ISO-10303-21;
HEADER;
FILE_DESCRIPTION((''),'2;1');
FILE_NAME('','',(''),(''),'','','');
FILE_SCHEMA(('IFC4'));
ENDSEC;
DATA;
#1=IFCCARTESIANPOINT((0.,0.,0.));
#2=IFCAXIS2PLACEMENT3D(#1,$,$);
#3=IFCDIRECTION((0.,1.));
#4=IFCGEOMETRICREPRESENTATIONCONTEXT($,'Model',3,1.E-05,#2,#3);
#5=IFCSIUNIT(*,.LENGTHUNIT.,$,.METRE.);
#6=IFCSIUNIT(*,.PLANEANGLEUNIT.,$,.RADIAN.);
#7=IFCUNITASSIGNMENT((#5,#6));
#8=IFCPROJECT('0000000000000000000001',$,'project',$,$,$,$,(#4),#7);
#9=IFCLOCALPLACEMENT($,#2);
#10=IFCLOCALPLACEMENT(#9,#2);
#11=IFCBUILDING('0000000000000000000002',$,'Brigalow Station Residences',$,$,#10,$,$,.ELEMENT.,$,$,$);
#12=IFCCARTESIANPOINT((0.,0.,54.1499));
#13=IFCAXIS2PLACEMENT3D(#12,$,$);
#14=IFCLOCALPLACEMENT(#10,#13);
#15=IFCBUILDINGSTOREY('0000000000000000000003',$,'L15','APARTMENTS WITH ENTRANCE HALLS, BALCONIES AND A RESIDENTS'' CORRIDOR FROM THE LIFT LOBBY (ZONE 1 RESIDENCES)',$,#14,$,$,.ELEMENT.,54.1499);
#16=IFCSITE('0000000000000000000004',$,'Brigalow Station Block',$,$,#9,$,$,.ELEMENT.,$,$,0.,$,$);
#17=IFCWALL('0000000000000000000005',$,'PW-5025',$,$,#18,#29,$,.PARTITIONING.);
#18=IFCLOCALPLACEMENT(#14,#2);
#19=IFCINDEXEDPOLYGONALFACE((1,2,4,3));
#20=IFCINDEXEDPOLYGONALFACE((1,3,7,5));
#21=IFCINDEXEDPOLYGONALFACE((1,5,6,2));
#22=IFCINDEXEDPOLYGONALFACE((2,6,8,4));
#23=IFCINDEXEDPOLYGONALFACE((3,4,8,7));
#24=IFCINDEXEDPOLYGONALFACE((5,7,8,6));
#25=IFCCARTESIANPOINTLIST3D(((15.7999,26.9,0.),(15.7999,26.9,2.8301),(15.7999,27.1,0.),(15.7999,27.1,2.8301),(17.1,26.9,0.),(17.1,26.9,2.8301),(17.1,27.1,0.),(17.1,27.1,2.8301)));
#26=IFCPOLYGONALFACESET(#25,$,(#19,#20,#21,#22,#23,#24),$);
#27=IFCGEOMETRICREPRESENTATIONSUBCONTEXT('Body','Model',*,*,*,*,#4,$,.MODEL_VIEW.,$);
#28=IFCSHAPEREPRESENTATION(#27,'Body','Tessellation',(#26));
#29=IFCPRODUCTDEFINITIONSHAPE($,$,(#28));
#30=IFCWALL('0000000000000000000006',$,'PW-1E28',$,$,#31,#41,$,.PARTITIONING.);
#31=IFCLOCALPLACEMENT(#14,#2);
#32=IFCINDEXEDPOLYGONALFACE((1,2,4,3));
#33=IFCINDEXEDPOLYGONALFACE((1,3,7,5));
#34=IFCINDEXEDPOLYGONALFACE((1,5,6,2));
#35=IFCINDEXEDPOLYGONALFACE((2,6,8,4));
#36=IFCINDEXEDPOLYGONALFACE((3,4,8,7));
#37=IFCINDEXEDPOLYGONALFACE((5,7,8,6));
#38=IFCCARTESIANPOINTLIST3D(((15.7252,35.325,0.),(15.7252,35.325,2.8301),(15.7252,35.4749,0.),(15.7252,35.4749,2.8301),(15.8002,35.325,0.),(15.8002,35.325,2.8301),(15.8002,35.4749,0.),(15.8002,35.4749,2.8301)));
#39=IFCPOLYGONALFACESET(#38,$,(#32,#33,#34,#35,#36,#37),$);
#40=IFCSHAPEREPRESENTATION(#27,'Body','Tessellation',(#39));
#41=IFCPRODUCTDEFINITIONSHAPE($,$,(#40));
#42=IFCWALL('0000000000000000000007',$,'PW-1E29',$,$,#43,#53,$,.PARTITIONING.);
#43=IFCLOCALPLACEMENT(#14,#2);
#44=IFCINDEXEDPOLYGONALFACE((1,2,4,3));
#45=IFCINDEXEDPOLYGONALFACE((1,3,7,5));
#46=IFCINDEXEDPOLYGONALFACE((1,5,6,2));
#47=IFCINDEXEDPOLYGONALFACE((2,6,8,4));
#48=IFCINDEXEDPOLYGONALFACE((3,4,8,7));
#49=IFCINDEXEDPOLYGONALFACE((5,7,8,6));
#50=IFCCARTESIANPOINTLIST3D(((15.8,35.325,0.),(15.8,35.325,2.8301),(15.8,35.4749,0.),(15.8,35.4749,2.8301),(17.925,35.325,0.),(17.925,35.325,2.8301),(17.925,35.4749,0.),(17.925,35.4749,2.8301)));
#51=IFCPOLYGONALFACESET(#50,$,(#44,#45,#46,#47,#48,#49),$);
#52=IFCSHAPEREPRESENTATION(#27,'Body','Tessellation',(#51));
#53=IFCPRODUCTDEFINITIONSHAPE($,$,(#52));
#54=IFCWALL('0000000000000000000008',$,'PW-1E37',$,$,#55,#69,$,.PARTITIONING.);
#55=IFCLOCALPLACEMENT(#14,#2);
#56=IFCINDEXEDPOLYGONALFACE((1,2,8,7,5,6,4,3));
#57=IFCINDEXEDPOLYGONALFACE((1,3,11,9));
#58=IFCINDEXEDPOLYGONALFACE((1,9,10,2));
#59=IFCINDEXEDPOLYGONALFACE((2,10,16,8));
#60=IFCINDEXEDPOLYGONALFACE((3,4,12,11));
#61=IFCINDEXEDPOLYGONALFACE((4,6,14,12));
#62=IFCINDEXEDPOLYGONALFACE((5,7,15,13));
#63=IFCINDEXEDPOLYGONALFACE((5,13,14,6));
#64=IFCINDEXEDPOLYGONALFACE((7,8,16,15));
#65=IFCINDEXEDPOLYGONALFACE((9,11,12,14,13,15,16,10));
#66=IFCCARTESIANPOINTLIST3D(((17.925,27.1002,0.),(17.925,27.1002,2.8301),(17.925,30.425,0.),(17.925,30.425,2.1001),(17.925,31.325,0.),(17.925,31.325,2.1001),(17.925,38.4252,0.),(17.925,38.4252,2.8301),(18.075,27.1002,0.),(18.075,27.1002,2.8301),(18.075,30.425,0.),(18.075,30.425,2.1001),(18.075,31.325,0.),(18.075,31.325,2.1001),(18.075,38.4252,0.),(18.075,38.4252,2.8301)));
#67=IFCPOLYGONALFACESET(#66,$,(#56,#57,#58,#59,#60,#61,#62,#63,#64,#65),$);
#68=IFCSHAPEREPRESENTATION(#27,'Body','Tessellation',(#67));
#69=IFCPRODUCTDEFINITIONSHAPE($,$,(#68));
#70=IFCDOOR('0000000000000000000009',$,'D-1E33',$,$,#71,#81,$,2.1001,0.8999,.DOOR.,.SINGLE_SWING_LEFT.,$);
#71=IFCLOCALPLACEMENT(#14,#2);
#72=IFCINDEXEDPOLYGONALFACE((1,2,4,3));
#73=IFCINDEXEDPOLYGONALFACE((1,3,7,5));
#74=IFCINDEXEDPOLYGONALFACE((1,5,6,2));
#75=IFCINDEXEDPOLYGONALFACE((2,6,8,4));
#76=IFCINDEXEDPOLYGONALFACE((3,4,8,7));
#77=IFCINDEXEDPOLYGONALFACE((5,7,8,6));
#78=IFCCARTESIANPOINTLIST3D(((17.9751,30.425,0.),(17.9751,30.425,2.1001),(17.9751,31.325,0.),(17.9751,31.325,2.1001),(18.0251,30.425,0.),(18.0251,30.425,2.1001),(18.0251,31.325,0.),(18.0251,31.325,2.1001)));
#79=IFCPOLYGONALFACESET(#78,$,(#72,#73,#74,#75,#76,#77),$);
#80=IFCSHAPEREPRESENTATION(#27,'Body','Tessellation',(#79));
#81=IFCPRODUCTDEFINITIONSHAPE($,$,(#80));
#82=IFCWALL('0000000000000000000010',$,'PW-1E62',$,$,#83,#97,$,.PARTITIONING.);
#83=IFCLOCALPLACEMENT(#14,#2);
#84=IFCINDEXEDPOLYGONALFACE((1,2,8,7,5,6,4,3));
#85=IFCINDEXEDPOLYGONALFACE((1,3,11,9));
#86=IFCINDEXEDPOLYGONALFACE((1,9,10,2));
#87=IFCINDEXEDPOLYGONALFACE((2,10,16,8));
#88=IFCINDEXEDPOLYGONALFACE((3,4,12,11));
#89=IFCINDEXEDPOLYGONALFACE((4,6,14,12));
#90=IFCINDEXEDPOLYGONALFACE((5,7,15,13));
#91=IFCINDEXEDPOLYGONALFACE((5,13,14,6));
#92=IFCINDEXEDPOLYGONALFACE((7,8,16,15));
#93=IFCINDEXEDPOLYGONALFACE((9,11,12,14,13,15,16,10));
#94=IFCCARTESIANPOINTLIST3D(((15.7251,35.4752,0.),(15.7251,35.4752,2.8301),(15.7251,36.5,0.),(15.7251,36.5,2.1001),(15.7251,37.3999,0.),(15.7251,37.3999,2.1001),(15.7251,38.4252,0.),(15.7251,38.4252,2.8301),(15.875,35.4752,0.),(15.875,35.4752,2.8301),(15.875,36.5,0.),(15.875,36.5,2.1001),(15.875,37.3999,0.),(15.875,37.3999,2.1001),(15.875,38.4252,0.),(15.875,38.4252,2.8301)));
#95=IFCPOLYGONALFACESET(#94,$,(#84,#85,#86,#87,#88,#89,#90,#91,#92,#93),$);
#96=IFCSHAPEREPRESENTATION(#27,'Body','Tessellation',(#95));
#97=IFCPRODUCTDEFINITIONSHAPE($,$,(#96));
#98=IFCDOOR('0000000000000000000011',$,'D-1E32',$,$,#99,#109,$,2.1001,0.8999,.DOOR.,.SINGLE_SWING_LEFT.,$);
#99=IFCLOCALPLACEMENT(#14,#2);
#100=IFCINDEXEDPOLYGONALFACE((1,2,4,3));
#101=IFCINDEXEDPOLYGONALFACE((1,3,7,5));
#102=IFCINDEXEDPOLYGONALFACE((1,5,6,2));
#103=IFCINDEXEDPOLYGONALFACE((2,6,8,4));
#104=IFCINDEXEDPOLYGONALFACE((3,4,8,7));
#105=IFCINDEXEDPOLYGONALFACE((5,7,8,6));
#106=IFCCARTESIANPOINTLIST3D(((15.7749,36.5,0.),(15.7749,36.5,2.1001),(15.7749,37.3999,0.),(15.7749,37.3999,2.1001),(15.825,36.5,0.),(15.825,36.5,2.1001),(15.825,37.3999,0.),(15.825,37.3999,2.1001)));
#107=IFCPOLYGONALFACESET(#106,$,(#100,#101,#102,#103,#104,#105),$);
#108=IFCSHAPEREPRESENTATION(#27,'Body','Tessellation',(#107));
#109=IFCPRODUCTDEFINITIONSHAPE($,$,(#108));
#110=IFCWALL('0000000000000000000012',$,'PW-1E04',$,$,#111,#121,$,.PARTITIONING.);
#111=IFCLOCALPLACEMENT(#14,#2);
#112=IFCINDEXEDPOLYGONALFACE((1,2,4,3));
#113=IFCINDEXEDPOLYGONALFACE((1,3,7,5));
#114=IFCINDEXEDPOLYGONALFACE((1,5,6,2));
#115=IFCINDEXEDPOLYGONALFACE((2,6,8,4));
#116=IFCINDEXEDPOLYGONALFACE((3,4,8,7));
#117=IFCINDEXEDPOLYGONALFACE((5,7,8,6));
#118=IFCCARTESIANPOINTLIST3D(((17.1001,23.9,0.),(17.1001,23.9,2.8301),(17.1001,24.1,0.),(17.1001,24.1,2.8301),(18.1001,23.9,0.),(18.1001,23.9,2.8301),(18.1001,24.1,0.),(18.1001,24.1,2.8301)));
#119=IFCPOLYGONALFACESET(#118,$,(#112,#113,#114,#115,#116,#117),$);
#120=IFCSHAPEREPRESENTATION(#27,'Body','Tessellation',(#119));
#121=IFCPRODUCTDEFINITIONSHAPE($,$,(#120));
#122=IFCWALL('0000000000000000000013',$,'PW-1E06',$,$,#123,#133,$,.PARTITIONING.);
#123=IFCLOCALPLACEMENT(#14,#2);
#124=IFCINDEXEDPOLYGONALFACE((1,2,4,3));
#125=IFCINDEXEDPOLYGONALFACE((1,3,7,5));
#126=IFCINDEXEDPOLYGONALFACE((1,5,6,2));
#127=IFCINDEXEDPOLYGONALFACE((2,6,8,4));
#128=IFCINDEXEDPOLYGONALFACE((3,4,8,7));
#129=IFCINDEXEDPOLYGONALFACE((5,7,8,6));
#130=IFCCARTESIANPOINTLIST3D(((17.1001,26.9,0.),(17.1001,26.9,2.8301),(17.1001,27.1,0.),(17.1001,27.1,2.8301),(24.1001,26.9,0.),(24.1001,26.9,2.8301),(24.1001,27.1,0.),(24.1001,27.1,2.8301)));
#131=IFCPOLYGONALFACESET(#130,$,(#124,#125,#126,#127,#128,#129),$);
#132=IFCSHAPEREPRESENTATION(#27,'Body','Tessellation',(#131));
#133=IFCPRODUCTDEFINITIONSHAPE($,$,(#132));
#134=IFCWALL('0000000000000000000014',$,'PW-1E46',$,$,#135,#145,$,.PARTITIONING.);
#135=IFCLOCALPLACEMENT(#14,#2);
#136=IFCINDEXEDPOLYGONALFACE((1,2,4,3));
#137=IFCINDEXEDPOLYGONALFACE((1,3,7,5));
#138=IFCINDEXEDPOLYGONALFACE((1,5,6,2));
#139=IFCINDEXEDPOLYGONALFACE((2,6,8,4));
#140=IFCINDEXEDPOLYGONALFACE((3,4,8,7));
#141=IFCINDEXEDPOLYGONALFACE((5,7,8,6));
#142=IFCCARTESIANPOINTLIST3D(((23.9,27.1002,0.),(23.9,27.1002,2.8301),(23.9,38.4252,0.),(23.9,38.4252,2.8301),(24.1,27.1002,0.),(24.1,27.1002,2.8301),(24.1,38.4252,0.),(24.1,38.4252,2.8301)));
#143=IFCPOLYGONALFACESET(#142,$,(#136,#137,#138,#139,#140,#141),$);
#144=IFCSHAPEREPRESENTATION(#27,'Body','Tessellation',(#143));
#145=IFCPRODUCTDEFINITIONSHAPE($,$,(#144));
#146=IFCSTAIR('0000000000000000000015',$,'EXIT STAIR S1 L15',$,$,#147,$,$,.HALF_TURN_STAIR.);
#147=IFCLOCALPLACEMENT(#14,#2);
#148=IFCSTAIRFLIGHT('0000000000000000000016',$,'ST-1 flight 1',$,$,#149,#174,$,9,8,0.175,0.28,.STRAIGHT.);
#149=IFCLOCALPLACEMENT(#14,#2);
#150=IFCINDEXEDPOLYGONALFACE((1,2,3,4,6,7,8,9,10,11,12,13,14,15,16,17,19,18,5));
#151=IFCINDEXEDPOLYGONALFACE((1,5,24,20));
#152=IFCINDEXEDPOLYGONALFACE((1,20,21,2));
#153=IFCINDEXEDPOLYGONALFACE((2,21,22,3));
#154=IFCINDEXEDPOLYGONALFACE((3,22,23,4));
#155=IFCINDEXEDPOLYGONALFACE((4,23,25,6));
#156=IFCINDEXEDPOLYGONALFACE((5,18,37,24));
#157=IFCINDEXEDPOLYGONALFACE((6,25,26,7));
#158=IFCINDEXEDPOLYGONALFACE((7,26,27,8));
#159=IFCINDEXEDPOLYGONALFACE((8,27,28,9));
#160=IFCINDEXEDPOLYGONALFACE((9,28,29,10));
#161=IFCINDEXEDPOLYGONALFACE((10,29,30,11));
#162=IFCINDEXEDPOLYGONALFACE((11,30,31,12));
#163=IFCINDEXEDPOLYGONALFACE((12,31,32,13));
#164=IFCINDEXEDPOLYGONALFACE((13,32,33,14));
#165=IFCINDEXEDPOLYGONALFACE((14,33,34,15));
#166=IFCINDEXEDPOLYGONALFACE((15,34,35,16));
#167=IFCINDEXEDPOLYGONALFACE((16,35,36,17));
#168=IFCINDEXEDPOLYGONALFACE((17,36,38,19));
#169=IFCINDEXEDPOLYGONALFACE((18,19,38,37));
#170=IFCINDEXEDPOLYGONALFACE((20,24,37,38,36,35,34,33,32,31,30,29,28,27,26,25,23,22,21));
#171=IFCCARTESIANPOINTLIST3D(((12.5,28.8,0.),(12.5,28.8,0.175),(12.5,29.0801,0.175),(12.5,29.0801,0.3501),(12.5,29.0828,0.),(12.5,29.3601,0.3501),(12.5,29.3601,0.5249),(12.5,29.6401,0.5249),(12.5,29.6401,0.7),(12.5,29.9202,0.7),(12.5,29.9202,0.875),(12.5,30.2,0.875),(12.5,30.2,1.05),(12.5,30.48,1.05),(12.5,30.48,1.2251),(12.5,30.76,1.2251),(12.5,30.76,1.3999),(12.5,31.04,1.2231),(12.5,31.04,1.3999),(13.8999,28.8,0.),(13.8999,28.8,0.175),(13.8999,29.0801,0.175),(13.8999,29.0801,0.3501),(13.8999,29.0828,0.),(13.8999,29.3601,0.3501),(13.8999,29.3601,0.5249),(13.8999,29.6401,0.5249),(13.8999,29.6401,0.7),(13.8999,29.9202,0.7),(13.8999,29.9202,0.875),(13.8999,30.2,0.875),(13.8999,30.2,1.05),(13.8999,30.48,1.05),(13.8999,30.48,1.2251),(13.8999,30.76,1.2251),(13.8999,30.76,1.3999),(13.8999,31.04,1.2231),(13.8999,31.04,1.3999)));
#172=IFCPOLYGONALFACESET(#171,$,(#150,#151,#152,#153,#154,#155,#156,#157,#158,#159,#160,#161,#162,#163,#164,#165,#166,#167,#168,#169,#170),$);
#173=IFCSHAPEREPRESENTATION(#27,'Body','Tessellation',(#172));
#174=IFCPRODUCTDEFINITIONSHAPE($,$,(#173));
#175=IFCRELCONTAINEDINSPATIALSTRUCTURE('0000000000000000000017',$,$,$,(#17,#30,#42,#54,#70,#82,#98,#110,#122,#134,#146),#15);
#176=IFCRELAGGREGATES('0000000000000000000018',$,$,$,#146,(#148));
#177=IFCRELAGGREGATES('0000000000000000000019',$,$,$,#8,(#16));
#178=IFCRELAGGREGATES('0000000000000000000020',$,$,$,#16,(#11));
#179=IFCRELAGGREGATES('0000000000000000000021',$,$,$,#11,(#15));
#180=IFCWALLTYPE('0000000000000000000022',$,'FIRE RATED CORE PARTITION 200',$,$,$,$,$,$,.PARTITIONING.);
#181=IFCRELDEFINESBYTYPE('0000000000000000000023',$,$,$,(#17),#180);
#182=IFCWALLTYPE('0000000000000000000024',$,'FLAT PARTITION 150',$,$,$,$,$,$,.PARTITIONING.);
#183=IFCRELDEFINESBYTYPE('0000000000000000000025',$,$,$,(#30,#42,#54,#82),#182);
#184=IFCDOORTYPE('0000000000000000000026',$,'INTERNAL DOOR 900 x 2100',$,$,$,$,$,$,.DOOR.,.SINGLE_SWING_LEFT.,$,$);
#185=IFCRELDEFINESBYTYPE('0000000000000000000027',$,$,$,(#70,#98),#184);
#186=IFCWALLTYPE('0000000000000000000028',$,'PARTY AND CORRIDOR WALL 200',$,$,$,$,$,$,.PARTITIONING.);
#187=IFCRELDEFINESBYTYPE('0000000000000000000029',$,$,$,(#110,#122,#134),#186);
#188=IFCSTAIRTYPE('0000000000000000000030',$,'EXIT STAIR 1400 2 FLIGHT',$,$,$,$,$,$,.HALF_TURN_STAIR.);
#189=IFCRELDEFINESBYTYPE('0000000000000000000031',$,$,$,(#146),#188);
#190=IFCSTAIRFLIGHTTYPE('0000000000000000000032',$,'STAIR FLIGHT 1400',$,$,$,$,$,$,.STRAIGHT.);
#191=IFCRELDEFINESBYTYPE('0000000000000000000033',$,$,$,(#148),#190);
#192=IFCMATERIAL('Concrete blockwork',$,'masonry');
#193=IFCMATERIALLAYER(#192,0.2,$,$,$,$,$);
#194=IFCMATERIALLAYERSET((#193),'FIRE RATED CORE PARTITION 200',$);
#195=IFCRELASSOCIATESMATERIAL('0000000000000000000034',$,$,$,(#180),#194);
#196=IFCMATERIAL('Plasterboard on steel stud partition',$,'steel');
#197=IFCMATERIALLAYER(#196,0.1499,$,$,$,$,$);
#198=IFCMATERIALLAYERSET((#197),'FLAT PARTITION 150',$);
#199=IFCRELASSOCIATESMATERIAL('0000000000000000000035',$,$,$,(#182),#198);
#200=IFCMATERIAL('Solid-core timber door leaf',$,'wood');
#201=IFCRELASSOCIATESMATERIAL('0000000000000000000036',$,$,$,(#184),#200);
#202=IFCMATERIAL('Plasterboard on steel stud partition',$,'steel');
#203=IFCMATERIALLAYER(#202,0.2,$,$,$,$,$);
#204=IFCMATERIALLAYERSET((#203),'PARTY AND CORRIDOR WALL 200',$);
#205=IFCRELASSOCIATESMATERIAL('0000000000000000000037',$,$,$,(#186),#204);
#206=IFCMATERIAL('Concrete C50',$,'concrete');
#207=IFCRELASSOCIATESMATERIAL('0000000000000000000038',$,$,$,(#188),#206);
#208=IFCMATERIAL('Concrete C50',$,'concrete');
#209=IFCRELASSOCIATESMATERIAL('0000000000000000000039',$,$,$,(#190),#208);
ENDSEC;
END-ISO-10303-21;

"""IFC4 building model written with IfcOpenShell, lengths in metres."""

from ifc_helpers import new_model, si_unit, direction, frame, frame_2d, origin, place, context, subcontext, project, spatial, polyline, rectangle, outline, extrude, material, layer, layer_set, type_object, element, fill, aggregate, save


model = new_model("IFC4")

# Units and contexts
model_context = context("Model", 3, precision=1e-05, world=origin(), true_north=direction((0.0, 1.0)))
body_context = subcontext(model_context, "Body", "Model", "MODEL_VIEW")
ifc_project = project(units=[si_unit("LENGTHUNIT", "METRE"), si_unit("PLANEANGLEUNIT", "RADIAN")], contexts=[model_context])

# Site, building, storey
site_placement = place(None, origin())
site = spatial("IfcSite", under=ifc_project, at=site_placement, Name="Brigalow Station Block", CompositionType="ELEMENT", RefElevation=0.0)
building_placement = place(site_placement, origin())
building = spatial("IfcBuilding", under=site, at=building_placement, Name="Brigalow Station Residences", CompositionType="ELEMENT")
storey_placement = place(building_placement, frame((0.0, 0.0, 54.1499)))
storey = spatial("IfcBuildingStorey", under=building, at=storey_placement, Name="L15", Description="APARTMENTS WITH ENTRANCE HALLS, BALCONIES AND A RESIDENTS' CORRIDOR FROM THE LIFT LOBBY (ZONE 1 RESIDENCES)", CompositionType="ELEMENT", Elevation=54.1499)

# Walls
ifc_material_1 = material(Name="Concrete blockwork", Category="masonry")
ifc_layer_1 = layer(ifc_material_1, 0.2)
ifc_layer_set_1 = layer_set([ifc_layer_1], Name="FIRE RATED CORE PARTITION 200")
wall_type_1 = type_object("IfcWallType", Name="FIRE RATED CORE PARTITION 200", PredefinedType="PARTITIONING", material=ifc_layer_set_1)
wall_1_placement = place(storey_placement, frame((15.8, 27.0, 0.0), z_axis=(0.0, 0.0, 1.0), x_axis=(1.0, 0.0, 0.0)))
element("IfcWall", 1, at=wall_1_placement, inside=storey, type_object=wall_type_1, Name="PW-5025", PredefinedType="PARTITIONING", context=body_context, shape_type="SweptSolid", body=[
    extrude(rectangle(XDim=1.3, YDim=0.2, at=frame_2d((0.6499, 0.0))), origin(), (0.0, 0.0, 1.0), 2.8301),
])
ifc_material_2 = material(Name="Plasterboard on steel stud partition", Category="steel")
ifc_layer_2 = layer(ifc_material_2, 0.1499)
ifc_layer_set_2 = layer_set([ifc_layer_2], Name="FLAT PARTITION 150")
wall_type_2 = type_object("IfcWallType", Name="FLAT PARTITION 150", PredefinedType="PARTITIONING", material=ifc_layer_set_2)
wall_2_placement = place(storey_placement, frame((15.7251, 35.3999, 0.0), z_axis=(0.0, 0.0, 1.0), x_axis=(1.0, 0.0, 0.0)))
element("IfcWall", 2, at=wall_2_placement, inside=storey, type_object=wall_type_2, Name="PW-1E28", PredefinedType="PARTITIONING", context=body_context, shape_type="SweptSolid", body=[
    extrude(rectangle(XDim=0.075, YDim=0.1499, at=frame_2d((0.0376, 0.0))), origin(), (0.0, 0.0, 1.0), 2.8301),
])
wall_3_placement = place(storey_placement, frame((15.8, 35.3999, 0.0), z_axis=(0.0, 0.0, 1.0), x_axis=(1.0, 0.0, 0.0)))
element("IfcWall", 3, at=wall_3_placement, inside=storey, type_object=wall_type_2, Name="PW-1E29", PredefinedType="PARTITIONING", context=body_context, shape_type="SweptSolid", body=[
    extrude(rectangle(XDim=2.125, YDim=0.1499, at=frame_2d((1.0625, 0.0))), origin(), (0.0, 0.0, 1.0), 2.8301),
])

# Walls, openings, doors
wall_4_placement = place(storey_placement, frame((18.0, 27.1001, 0.0), z_axis=(0.0, 0.0, 1.0), x_axis=(0.0, 1.0, 0.0)))
wall_4 = element("IfcWall", 4, at=wall_4_placement, inside=storey, type_object=wall_type_2, Name="PW-1E37", PredefinedType="PARTITIONING", context=body_context, shape_type="SweptSolid", body=[
    extrude(rectangle(XDim=11.325, YDim=0.1499, at=frame_2d((5.6626, 0.0))), origin(), (0.0, 0.0, 1.0), 2.8301),
])
opening_1_placement = place(wall_4_placement, frame((3.325, 0.0, 0.0)))
opening_1 = element("IfcOpeningElement", 5, at=opening_1_placement, cuts=wall_4, PredefinedType="OPENING", context=body_context, shape_type="SweptSolid", body=[
    extrude(rectangle(XDim=0.8999, YDim=2.1001, at=frame_2d((0.45, 1.05))), frame((0.0, 0.085, 0.0), z_axis=(0.0, -1.0, 0.0), x_axis=(1.0, 0.0, 0.0)), (0.0, 0.0, 1.0), 0.1699),
])
ifc_material_3 = material(Name="Solid-core timber door leaf", Category="wood")
door_type = type_object("IfcDoorType", Name="INTERNAL DOOR 900 x 2100", OperationType="SINGLE_SWING_LEFT", PredefinedType="DOOR", material=ifc_material_3)
door_1_placement = place(opening_1_placement, origin())
door_1 = element("IfcDoor", 6, at=door_1_placement, inside=storey, type_object=door_type, Name="D-1E33", OperationType="SINGLE_SWING_LEFT", OverallHeight=2.1001, OverallWidth=0.8999, PredefinedType="DOOR", context=body_context, shape_type="SweptSolid", body=[
    extrude(rectangle(XDim=0.8999, YDim=2.1001, at=frame_2d((0.45, 1.05))), frame((0.0, 0.0249, 0.0), z_axis=(0.0, -1.0, 0.0), x_axis=(1.0, 0.0, 0.0)), (0.0, 0.0, 1.0), 0.05),
])
fill(opening_1, door_1)
wall_5_placement = place(storey_placement, frame((15.8, 35.4751, 0.0), z_axis=(0.0, 0.0, 1.0), x_axis=(0.0, 1.0, 0.0)))
wall_5 = element("IfcWall", 7, at=wall_5_placement, inside=storey, type_object=wall_type_2, Name="PW-1E62", PredefinedType="PARTITIONING", context=body_context, shape_type="SweptSolid", body=[
    extrude(rectangle(XDim=2.95, YDim=0.1499, at=frame_2d((1.4751, 0.0))), origin(), (0.0, 0.0, 1.0), 2.8301),
])
opening_2_placement = place(wall_5_placement, frame((1.0249, 0.0, 0.0)))
opening_2 = element("IfcOpeningElement", 8, at=opening_2_placement, cuts=wall_5, PredefinedType="OPENING", context=body_context, shape_type="SweptSolid", body=[
    extrude(rectangle(XDim=0.8999, YDim=2.1001, at=frame_2d((0.45, 1.05))), frame((0.0, 0.085, 0.0), z_axis=(0.0, -1.0, 0.0), x_axis=(1.0, 0.0, 0.0)), (0.0, 0.0, 1.0), 0.1699),
])
door_2_placement = place(opening_2_placement, frame((0.8999, 0.0, 0.0), z_axis=(0.0, 0.0, 1.0), x_axis=(-1.0, 0.0, 0.0)))
door_2 = element("IfcDoor", 9, at=door_2_placement, inside=storey, type_object=door_type, Name="D-1E32", OperationType="SINGLE_SWING_LEFT", OverallHeight=2.1001, OverallWidth=0.8999, PredefinedType="DOOR", context=body_context, shape_type="SweptSolid", body=[
    extrude(rectangle(XDim=0.8999, YDim=2.1001, at=frame_2d((0.45, 1.05))), frame((0.0, 0.0249, 0.0), z_axis=(0.0, -1.0, 0.0), x_axis=(1.0, 0.0, 0.0)), (0.0, 0.0, 1.0), 0.05),
])
fill(opening_2, door_2)

# Walls
ifc_material_4 = material(Name="Plasterboard on steel stud partition", Category="steel")
ifc_layer_3 = layer(ifc_material_4, 0.2)
ifc_layer_set_3 = layer_set([ifc_layer_3], Name="PARTY AND CORRIDOR WALL 200")
wall_type_3 = type_object("IfcWallType", Name="PARTY AND CORRIDOR WALL 200", PredefinedType="PARTITIONING", material=ifc_layer_set_3)
wall_6_placement = place(storey_placement, frame((17.1001, 24.0, 0.0), z_axis=(0.0, 0.0, 1.0), x_axis=(1.0, 0.0, 0.0)))
element("IfcWall", 10, at=wall_6_placement, inside=storey, type_object=wall_type_3, Name="PW-1E04", PredefinedType="PARTITIONING", context=body_context, shape_type="SweptSolid", body=[
    extrude(rectangle(XDim=1.0, YDim=0.2, at=frame_2d((0.5, 0.0))), origin(), (0.0, 0.0, 1.0), 2.8301),
])
wall_7_placement = place(storey_placement, frame((17.1001, 27.0, 0.0), z_axis=(0.0, 0.0, 1.0), x_axis=(1.0, 0.0, 0.0)))
element("IfcWall", 11, at=wall_7_placement, inside=storey, type_object=wall_type_3, Name="PW-1E06", PredefinedType="PARTITIONING", context=body_context, shape_type="SweptSolid", body=[
    extrude(rectangle(XDim=7.0, YDim=0.2, at=frame_2d((3.5, 0.0))), origin(), (0.0, 0.0, 1.0), 2.8301),
])
wall_8_placement = place(storey_placement, frame((24.0, 27.1001, 0.0), z_axis=(0.0, 0.0, 1.0), x_axis=(0.0, 1.0, 0.0)))
element("IfcWall", 12, at=wall_8_placement, inside=storey, type_object=wall_type_3, Name="PW-1E46", PredefinedType="PARTITIONING", context=body_context, shape_type="SweptSolid", body=[
    extrude(rectangle(XDim=11.325, YDim=0.2, at=frame_2d((5.6626, 0.0))), origin(), (0.0, 0.0, 1.0), 2.8301),
])

# Stair, stair flight
ifc_material_5 = material(Name="Concrete C50", Category="concrete")
stair_type = type_object("IfcStairType", Name="EXIT STAIR 1400 2 FLIGHT", PredefinedType="HALF_TURN_STAIR", material=ifc_material_5)
stair_placement = place(storey_placement, origin())
stair = element("IfcStair", 13, at=stair_placement, inside=storey, type_object=stair_type, Name="EXIT STAIR S1 L15", PredefinedType="HALF_TURN_STAIR")
ifc_material_6 = material(Name="Concrete C50", Category="concrete")
stair_flight_type = type_object("IfcStairFlightType", Name="STAIR FLIGHT 1400", PredefinedType="STRAIGHT", material=ifc_material_6)
stair_flight_1_placement = place(storey_placement, frame((13.2, 28.8, 0.0), z_axis=(0.0, 0.0, 1.0), x_axis=(0.0, 1.0, 0.0)))
stair_flight_1 = element("IfcStairFlight", 14, at=stair_flight_1_placement, type_object=stair_flight_type, Name="ST-1 flight 1", NumberOfRisers=9, NumberOfTreads=8, PredefinedType="STRAIGHT", RiserHeight=0.175, TreadLength=0.28, context=body_context, shape_type="SweptSolid", body=[
    extrude(outline(polyline([(0.0, 0.0), (0.0, 0.175), (0.28, 0.175), (0.28, 0.3501), (0.5601, 0.3501), (0.5601, 0.5249), (0.8401, 0.5249), (0.8401, 0.7), (1.1201, 0.7), (1.1201, 0.875), (1.3999, 0.875), (1.3999, 1.05), (1.6799, 1.05), (1.6799, 1.2251), (1.96, 1.2251), (1.96, 1.3999), (2.24, 1.3999), (2.24, 1.575), (2.24, 1.2231), (0.2827, 0.0), (0.0, 0.0)])), frame((0.0, 0.7, 0.0), z_axis=(0.0, -1.0, 0.0), x_axis=(1.0, 0.0, 0.0)), (0.0, 0.0, 1.0), 1.3999),
])
aggregate(stair, [stair_flight_1])

save(model, "model.ifc")
